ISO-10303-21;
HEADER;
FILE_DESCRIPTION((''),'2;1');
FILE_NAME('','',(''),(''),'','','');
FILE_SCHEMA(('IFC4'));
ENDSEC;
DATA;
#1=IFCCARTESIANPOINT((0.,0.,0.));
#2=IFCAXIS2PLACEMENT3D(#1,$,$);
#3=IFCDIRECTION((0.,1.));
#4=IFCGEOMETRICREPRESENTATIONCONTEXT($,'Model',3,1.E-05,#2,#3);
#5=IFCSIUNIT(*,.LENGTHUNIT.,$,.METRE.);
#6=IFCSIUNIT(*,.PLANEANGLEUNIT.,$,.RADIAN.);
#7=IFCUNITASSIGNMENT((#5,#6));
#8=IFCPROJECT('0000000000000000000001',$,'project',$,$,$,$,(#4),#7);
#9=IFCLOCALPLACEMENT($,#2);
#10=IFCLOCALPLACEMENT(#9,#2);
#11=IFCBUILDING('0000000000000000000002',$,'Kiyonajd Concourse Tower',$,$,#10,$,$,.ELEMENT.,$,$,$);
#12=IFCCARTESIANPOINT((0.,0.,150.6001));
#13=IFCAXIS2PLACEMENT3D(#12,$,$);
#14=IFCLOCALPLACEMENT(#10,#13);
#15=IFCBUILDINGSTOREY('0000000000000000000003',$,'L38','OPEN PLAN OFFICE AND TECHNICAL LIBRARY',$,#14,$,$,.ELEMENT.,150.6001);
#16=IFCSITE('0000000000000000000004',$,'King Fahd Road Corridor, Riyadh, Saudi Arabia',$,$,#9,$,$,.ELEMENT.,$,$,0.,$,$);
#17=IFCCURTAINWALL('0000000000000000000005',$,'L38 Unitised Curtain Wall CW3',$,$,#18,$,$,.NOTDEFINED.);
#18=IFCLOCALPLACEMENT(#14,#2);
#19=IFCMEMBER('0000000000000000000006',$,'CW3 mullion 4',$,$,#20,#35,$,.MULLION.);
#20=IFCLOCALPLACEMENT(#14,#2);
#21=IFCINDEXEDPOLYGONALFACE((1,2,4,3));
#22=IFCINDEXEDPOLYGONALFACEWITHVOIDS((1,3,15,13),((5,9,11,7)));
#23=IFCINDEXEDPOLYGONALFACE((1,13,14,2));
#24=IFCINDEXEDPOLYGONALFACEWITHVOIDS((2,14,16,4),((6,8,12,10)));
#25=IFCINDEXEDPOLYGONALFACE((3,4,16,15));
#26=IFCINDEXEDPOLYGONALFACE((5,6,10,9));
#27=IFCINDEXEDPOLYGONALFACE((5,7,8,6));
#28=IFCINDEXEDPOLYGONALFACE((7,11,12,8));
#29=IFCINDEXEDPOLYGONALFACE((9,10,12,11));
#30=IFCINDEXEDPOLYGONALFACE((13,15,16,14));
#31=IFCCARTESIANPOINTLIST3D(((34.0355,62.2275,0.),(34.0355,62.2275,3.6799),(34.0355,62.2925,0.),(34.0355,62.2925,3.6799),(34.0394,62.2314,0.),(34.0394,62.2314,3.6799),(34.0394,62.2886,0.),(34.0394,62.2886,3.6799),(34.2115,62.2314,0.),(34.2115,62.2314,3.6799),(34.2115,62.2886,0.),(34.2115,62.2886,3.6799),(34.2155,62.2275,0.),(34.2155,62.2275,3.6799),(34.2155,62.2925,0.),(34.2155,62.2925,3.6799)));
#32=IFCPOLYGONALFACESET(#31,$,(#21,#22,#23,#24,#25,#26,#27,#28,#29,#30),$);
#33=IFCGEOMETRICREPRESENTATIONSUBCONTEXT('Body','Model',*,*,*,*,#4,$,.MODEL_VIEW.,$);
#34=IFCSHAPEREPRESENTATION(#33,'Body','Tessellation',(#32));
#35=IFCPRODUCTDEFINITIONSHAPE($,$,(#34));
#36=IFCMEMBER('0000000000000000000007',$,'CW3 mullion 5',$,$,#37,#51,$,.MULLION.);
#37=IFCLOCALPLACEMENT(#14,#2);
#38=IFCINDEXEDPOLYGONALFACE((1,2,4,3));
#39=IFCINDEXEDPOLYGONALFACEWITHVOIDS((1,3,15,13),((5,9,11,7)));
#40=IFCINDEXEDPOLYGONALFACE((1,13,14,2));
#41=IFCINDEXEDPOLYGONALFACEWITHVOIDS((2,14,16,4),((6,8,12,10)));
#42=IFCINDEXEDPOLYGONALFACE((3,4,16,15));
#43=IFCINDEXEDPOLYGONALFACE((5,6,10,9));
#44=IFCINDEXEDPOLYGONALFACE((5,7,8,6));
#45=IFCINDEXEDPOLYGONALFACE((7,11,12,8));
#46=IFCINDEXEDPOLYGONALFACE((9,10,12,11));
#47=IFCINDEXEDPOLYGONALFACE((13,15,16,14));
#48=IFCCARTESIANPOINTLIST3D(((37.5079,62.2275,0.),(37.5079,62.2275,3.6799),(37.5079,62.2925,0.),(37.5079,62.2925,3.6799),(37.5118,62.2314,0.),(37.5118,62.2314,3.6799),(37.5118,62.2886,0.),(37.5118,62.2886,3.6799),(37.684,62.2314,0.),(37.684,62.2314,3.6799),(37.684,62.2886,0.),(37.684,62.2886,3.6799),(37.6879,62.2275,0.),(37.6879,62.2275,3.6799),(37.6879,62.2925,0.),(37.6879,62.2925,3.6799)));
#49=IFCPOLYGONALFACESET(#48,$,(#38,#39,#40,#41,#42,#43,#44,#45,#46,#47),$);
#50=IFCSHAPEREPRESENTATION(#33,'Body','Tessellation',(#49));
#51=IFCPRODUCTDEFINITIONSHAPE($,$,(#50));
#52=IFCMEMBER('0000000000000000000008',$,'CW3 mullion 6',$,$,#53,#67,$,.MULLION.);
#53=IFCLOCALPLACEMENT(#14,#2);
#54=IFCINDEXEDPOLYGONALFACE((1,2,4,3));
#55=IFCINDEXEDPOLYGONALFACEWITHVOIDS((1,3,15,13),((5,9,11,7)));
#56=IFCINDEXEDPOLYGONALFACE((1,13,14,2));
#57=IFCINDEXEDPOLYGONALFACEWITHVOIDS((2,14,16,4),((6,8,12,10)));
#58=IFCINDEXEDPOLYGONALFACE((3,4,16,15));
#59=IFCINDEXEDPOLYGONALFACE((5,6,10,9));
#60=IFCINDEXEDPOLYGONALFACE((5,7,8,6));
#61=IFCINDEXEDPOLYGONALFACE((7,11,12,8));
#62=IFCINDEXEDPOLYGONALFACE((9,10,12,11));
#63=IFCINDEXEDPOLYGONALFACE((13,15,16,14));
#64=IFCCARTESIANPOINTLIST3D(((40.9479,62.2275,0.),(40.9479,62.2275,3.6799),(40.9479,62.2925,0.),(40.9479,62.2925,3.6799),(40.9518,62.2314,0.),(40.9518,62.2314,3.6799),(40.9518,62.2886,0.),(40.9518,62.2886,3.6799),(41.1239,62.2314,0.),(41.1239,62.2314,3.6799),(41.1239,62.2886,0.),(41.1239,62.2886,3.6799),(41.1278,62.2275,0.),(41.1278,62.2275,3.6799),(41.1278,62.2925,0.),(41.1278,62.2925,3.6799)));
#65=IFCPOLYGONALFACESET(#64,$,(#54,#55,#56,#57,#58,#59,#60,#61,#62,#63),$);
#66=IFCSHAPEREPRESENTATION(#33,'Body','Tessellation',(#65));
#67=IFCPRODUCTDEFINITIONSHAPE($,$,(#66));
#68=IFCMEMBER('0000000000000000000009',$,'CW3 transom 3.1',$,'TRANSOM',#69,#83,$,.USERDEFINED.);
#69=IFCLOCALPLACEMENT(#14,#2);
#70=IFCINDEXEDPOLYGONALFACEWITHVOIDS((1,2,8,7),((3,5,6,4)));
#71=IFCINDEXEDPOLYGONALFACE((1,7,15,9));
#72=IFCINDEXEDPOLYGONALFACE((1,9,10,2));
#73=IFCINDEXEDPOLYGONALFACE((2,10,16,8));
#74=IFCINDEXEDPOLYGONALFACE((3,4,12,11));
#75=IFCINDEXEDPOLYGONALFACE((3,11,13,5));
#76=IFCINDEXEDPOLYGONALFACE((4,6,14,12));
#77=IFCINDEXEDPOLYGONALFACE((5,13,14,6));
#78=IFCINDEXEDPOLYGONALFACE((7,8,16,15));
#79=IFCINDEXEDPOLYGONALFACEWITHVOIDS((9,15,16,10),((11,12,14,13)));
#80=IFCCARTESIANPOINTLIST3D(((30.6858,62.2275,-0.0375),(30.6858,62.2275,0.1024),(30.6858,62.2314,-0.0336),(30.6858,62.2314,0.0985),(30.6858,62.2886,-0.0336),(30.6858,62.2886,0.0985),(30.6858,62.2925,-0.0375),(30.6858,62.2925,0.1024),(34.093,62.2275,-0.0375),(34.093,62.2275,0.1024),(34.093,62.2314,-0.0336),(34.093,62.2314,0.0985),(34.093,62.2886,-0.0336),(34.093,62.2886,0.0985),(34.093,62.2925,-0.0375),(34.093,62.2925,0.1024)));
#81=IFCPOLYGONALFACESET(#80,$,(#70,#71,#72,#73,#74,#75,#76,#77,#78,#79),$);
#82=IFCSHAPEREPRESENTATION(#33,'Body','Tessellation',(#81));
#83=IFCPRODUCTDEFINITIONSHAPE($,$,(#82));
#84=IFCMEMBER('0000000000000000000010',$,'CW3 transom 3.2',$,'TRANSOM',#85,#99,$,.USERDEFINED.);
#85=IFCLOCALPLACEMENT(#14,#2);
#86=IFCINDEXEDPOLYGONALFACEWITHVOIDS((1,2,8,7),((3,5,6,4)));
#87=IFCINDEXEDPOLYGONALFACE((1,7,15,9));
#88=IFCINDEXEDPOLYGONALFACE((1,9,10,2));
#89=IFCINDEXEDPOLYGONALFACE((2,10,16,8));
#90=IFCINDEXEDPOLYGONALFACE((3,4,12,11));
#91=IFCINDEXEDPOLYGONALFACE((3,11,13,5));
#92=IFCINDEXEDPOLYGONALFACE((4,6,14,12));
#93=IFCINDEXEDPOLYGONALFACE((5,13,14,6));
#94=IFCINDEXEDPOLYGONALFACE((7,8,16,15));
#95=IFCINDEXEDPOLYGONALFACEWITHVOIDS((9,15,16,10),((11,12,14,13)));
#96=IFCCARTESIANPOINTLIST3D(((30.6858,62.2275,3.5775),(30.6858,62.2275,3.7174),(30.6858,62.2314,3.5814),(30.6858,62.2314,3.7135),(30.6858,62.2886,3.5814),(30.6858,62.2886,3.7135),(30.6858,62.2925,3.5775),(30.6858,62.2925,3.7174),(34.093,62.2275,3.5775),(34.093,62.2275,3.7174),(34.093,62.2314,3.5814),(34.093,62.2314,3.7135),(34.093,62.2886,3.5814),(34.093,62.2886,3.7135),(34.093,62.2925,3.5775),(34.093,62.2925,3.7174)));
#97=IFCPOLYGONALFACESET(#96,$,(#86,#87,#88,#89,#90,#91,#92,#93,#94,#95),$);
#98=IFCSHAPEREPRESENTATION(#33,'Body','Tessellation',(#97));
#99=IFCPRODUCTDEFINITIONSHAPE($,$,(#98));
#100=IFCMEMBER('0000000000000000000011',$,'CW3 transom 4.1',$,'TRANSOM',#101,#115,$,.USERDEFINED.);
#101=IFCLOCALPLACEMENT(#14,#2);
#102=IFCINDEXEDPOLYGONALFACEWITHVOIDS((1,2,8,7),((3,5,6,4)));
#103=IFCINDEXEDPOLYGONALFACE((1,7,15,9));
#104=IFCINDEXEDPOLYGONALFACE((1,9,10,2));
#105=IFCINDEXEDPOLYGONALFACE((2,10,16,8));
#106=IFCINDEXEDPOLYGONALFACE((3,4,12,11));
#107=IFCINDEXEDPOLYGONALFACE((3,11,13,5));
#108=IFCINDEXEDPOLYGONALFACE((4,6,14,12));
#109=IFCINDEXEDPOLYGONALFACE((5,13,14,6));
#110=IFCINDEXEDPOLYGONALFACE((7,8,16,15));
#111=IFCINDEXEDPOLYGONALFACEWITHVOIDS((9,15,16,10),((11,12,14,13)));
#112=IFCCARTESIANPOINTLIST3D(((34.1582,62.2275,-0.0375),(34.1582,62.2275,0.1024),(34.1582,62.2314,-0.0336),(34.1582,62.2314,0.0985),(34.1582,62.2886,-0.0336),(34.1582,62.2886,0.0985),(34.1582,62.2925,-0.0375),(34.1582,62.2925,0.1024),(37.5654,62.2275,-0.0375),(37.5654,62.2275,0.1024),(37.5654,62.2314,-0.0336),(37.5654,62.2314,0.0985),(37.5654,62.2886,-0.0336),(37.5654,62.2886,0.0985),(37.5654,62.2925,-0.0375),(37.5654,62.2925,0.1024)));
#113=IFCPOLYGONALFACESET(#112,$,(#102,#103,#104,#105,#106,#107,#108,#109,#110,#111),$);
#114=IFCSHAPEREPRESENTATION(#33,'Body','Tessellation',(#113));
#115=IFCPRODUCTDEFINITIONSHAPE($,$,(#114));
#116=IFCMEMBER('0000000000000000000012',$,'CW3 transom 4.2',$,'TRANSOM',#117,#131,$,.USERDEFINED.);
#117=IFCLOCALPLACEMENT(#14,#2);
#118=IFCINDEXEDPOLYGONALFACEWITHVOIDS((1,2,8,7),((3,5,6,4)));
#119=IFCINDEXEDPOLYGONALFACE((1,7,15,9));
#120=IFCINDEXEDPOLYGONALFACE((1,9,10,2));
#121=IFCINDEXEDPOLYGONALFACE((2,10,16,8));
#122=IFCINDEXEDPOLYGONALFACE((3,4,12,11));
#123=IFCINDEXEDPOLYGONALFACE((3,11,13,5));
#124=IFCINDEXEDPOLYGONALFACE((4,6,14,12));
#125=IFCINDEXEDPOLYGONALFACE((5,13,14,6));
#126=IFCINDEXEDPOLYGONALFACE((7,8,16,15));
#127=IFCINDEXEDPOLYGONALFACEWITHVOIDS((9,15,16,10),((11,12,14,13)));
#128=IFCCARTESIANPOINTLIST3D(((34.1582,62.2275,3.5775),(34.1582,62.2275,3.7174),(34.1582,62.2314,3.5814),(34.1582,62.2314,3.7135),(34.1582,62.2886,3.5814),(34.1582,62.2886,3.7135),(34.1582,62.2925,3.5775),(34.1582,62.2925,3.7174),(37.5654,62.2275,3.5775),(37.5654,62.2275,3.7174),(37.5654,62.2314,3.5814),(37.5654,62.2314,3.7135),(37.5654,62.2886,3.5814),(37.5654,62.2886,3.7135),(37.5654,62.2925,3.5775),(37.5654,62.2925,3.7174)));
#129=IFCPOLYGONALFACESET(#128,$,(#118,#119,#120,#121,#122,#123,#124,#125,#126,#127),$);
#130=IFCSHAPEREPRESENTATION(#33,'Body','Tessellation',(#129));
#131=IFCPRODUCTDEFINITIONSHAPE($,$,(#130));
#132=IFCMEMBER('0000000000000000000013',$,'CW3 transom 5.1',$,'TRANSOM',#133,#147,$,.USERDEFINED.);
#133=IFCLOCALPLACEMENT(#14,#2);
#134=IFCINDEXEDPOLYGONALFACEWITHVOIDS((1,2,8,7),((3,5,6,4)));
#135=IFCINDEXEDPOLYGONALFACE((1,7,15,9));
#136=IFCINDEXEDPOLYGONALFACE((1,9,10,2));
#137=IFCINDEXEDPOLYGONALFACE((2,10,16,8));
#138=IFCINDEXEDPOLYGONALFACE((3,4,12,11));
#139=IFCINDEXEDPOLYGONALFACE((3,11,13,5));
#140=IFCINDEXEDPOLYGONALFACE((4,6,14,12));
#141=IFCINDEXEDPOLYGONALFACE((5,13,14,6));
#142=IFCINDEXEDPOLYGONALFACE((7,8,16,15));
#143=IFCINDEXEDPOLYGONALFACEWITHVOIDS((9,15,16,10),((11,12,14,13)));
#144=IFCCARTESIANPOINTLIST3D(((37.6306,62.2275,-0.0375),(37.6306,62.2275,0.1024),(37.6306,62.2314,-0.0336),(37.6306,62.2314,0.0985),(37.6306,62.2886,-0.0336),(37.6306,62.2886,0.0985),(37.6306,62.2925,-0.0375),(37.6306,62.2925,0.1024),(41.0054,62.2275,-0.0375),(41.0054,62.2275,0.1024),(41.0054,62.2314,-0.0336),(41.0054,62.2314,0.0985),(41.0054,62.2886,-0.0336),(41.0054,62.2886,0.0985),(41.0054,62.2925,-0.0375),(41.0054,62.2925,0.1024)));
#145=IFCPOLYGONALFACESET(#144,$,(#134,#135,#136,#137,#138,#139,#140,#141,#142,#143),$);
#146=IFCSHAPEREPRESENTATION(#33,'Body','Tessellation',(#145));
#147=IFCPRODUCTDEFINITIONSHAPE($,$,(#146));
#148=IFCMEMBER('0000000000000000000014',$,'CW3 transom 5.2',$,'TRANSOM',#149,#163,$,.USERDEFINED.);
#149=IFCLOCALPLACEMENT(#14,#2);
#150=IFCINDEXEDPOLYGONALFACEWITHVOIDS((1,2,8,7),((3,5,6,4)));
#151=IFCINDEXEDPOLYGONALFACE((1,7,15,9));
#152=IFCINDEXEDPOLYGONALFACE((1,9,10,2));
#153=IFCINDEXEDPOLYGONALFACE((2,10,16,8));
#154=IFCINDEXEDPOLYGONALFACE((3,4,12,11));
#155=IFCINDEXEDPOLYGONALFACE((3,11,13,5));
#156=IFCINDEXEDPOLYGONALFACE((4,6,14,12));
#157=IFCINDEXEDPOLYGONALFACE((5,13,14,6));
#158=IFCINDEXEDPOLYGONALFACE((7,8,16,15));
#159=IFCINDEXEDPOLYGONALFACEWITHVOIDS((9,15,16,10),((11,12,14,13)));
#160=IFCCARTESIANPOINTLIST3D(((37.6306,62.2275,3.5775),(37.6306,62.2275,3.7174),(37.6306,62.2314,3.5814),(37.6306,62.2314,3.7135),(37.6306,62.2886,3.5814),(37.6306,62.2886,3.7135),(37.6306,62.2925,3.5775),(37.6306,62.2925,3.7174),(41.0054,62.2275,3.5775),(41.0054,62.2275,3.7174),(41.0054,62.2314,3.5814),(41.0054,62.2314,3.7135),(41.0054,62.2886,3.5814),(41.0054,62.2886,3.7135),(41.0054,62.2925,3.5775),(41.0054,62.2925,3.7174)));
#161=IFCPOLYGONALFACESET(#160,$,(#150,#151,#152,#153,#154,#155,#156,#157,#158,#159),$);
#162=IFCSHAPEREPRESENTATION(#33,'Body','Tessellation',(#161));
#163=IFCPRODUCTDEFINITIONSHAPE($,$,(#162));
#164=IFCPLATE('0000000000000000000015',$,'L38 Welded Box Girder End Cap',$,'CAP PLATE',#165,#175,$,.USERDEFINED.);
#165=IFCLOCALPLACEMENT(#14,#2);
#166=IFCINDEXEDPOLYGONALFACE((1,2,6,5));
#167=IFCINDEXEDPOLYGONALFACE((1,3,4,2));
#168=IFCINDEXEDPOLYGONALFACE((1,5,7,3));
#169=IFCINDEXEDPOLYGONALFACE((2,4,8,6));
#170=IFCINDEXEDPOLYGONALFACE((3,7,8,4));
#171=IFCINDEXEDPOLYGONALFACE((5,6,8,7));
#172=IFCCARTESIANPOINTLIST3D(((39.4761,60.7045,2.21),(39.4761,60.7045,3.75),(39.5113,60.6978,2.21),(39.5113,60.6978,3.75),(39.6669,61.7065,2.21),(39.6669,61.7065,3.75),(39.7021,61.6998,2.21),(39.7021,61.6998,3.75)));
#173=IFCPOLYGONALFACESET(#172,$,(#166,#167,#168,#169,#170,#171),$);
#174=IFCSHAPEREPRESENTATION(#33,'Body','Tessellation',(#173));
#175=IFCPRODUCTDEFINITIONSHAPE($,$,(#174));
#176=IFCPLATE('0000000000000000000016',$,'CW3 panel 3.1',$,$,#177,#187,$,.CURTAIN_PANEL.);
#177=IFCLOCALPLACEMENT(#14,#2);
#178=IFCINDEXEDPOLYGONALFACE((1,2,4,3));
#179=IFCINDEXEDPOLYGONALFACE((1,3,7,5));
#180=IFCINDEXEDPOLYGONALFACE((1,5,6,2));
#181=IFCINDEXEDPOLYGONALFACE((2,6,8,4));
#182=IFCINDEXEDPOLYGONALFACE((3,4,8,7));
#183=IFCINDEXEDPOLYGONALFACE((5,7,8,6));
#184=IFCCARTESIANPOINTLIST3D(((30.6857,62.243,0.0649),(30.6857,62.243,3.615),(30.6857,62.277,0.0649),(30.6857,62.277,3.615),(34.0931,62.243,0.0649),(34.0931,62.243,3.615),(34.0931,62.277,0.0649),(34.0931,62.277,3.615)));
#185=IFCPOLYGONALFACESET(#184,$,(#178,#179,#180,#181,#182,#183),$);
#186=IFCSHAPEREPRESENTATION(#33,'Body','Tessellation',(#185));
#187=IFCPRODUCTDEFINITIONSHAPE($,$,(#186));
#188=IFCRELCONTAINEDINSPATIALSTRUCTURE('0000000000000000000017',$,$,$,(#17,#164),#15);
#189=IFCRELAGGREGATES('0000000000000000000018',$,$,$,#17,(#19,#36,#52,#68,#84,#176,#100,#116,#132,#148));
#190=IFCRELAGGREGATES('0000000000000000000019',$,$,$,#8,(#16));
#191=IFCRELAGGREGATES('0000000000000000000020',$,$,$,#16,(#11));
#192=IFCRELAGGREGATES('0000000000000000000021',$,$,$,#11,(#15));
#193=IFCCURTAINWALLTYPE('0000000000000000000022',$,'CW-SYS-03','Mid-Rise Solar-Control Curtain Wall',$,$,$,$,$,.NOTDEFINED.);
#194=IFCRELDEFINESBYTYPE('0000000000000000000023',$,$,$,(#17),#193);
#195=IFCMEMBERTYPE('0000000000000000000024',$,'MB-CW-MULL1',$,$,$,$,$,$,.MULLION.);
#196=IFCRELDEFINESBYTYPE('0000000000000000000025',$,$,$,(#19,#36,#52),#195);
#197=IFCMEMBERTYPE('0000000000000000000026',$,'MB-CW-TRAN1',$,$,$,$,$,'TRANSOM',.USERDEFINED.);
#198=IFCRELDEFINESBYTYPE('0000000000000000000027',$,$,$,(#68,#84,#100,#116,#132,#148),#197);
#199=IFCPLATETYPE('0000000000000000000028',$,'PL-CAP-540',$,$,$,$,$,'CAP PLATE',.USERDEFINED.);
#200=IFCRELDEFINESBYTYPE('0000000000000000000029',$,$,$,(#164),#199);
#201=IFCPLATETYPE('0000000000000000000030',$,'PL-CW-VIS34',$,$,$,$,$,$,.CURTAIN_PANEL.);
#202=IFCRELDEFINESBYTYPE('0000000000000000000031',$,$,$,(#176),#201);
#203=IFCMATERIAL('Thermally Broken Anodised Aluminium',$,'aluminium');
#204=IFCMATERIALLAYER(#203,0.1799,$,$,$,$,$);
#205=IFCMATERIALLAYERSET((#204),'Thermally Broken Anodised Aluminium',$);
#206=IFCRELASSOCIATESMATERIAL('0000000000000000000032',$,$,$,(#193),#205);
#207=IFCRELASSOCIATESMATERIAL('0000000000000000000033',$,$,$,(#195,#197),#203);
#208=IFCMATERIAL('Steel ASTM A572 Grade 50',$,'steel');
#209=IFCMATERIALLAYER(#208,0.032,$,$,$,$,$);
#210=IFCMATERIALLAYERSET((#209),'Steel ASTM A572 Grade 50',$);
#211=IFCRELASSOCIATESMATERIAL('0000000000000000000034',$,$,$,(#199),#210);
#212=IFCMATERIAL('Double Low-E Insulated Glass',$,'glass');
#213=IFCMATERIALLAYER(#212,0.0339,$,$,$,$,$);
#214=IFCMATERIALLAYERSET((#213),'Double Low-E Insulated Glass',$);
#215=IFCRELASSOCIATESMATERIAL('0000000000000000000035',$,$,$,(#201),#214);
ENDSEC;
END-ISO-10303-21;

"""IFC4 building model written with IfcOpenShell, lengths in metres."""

from ifc_helpers import new_model, si_unit, direction, frame, origin, origin_2d, place, context, subcontext, project, spatial, rectangle, hollow_rectangle, extrude, material, layer, layer_set, material_profile, profile_set, type_object, element, aggregate, save


model = new_model("IFC4")

# Units and contexts
model_context = context("Model", 3, precision=1e-05, world=origin(), true_north=direction((0.0, 1.0)))
body_context = subcontext(model_context, "Body", "Model", "MODEL_VIEW")
ifc_project = project(units=[si_unit("LENGTHUNIT", "METRE"), si_unit("PLANEANGLEUNIT", "RADIAN")], contexts=[model_context])

# Site, building, storey
site_placement = place(None, origin())
site = spatial("IfcSite", under=ifc_project, at=site_placement, Name="King Fahd Road Corridor, Riyadh, Saudi Arabia", CompositionType="ELEMENT", RefElevation=0.0)
building_placement = place(site_placement, origin())
building = spatial("IfcBuilding", under=site, at=building_placement, Name="Kiyonajd Concourse Tower", CompositionType="ELEMENT")
storey_placement = place(building_placement, frame((0.0, 0.0, 150.6001)))
storey = spatial("IfcBuildingStorey", under=building, at=storey_placement, Name="L38", Description="OPEN PLAN OFFICE AND TECHNICAL LIBRARY", CompositionType="ELEMENT", Elevation=150.6001)

# Curtain wall, members
ifc_material_1 = material(Name="Thermally Broken Anodised Aluminium", Category="aluminium")
ifc_layer_1 = layer(ifc_material_1, 0.1799)
ifc_layer_set_1 = layer_set([ifc_layer_1], Name="Thermally Broken Anodised Aluminium")
curtain_wall_type = type_object("IfcCurtainWallType", Name="CW-SYS-03", Description="Mid-Rise Solar-Control Curtain Wall", PredefinedType="NOTDEFINED", material=ifc_layer_set_1)
curtain_wall_placement = place(storey_placement, origin())
curtain_wall = element("IfcCurtainWall", 1, at=curtain_wall_placement, inside=storey, type_object=curtain_wall_type, Name="L38 Unitised Curtain Wall CW3", PredefinedType="NOTDEFINED")
ifc_material_profile_1 = material_profile(ifc_material_1, hollow_rectangle(XDim=0.0649, YDim=0.1799, WallThickness=0.0039, at=origin_2d()), Name="MULL-65x180")
ifc_profile_set_1 = profile_set([ifc_material_profile_1], Name="Thermally Broken Anodised Aluminium")
member_type_1 = type_object("IfcMemberType", Name="MB-CW-MULL1", PredefinedType="MULLION", material=ifc_profile_set_1)
member_1_placement = place(storey_placement, frame((34.1255, 62.26, 0.0), z_axis=(0.0, 0.0, 1.0), x_axis=(0.0, 1.0, 0.0)))
member_1 = element("IfcMember", 2, at=member_1_placement, type_object=member_type_1, Name="CW3 mullion 4", PredefinedType="MULLION", context=body_context, shape_type="SweptSolid", body=[
    extrude(hollow_rectangle(XDim=0.0649, YDim=0.1799, WallThickness=0.0039, at=origin_2d()), origin(), (0.0, 0.0, 1.0), 3.6799),
])
member_2_placement = place(storey_placement, frame((37.5979, 62.26, 0.0), z_axis=(0.0, 0.0, 1.0), x_axis=(0.0, 1.0, 0.0)))
member_2 = element("IfcMember", 3, at=member_2_placement, type_object=member_type_1, Name="CW3 mullion 5", PredefinedType="MULLION", context=body_context, shape_type="SweptSolid", body=[
    extrude(hollow_rectangle(XDim=0.0649, YDim=0.1799, WallThickness=0.0039, at=origin_2d()), origin(), (0.0, 0.0, 1.0), 3.6799),
])
member_3_placement = place(storey_placement, frame((41.0378, 62.26, 0.0), z_axis=(0.0, 0.0, 1.0), x_axis=(0.0, 1.0, 0.0)))
member_3 = element("IfcMember", 4, at=member_3_placement, type_object=member_type_1, Name="CW3 mullion 6", PredefinedType="MULLION", context=body_context, shape_type="SweptSolid", body=[
    extrude(hollow_rectangle(XDim=0.0649, YDim=0.1799, WallThickness=0.0039, at=origin_2d()), origin(), (0.0, 0.0, 1.0), 3.6799),
])
ifc_material_profile_2 = material_profile(ifc_material_1, hollow_rectangle(XDim=0.0649, YDim=0.1399, WallThickness=0.0039, at=origin_2d()), Name="TRAN-65x140")
ifc_profile_set_2 = profile_set([ifc_material_profile_2], Name="Thermally Broken Anodised Aluminium")
member_type_2 = type_object("IfcMemberType", Name="MB-CW-TRAN1", ElementType="TRANSOM", PredefinedType="USERDEFINED", material=ifc_profile_set_2)
member_4_placement = place(storey_placement, frame((30.6858, 62.26, 0.0325), z_axis=(1.0, 0.0, 0.0), x_axis=(0.0, 1.0, 0.0)))
member_4 = element("IfcMember", 5, at=member_4_placement, type_object=member_type_2, Name="CW3 transom 3.1", ObjectType="TRANSOM", PredefinedType="USERDEFINED", context=body_context, shape_type="SweptSolid", body=[
    extrude(hollow_rectangle(XDim=0.0649, YDim=0.1399, WallThickness=0.0039, at=origin_2d()), origin(), (0.0, 0.0, 1.0), 3.4072),
])
member_5_placement = place(storey_placement, frame((30.6858, 62.26, 3.6475), z_axis=(1.0, 0.0, 0.0), x_axis=(0.0, 1.0, 0.0)))
member_5 = element("IfcMember", 6, at=member_5_placement, type_object=member_type_2, Name="CW3 transom 3.2", ObjectType="TRANSOM", PredefinedType="USERDEFINED", context=body_context, shape_type="SweptSolid", body=[
    extrude(hollow_rectangle(XDim=0.0649, YDim=0.1399, WallThickness=0.0039, at=origin_2d()), origin(), (0.0, 0.0, 1.0), 3.4072),
])
member_6_placement = place(storey_placement, frame((34.1582, 62.26, 0.0325), z_axis=(1.0, 0.0, 0.0), x_axis=(0.0, 1.0, 0.0)))
member_6 = element("IfcMember", 7, at=member_6_placement, type_object=member_type_2, Name="CW3 transom 4.1", ObjectType="TRANSOM", PredefinedType="USERDEFINED", context=body_context, shape_type="SweptSolid", body=[
    extrude(hollow_rectangle(XDim=0.0649, YDim=0.1399, WallThickness=0.0039, at=origin_2d()), origin(), (0.0, 0.0, 1.0), 3.4072),
])
member_7_placement = place(storey_placement, frame((34.1582, 62.26, 3.6475), z_axis=(1.0, 0.0, 0.0), x_axis=(0.0, 1.0, 0.0)))
member_7 = element("IfcMember", 8, at=member_7_placement, type_object=member_type_2, Name="CW3 transom 4.2", ObjectType="TRANSOM", PredefinedType="USERDEFINED", context=body_context, shape_type="SweptSolid", body=[
    extrude(hollow_rectangle(XDim=0.0649, YDim=0.1399, WallThickness=0.0039, at=origin_2d()), origin(), (0.0, 0.0, 1.0), 3.4072),
])
member_8_placement = place(storey_placement, frame((37.6306, 62.26, 0.0325), z_axis=(1.0, 0.0, 0.0), x_axis=(0.0, 1.0, 0.0)))
member_8 = element("IfcMember", 9, at=member_8_placement, type_object=member_type_2, Name="CW3 transom 5.1", ObjectType="TRANSOM", PredefinedType="USERDEFINED", context=body_context, shape_type="SweptSolid", body=[
    extrude(hollow_rectangle(XDim=0.0649, YDim=0.1399, WallThickness=0.0039, at=origin_2d()), origin(), (0.0, 0.0, 1.0), 3.3748),
])
member_9_placement = place(storey_placement, frame((37.6306, 62.26, 3.6475), z_axis=(1.0, 0.0, 0.0), x_axis=(0.0, 1.0, 0.0)))
member_9 = element("IfcMember", 10, at=member_9_placement, type_object=member_type_2, Name="CW3 transom 5.2", ObjectType="TRANSOM", PredefinedType="USERDEFINED", context=body_context, shape_type="SweptSolid", body=[
    extrude(hollow_rectangle(XDim=0.0649, YDim=0.1399, WallThickness=0.0039, at=origin_2d()), origin(), (0.0, 0.0, 1.0), 3.3748),
])

# Plates
ifc_material_2 = material(Name="Steel ASTM A572 Grade 50", Category="steel")
ifc_layer_2 = layer(ifc_material_2, 0.032)
ifc_layer_set_2 = layer_set([ifc_layer_2], Name="Steel ASTM A572 Grade 50")
plate_type_1 = type_object("IfcPlateType", Name="PL-CAP-540", ElementType="CAP PLATE", PredefinedType="USERDEFINED", material=ifc_layer_set_2)
plate_1_placement = place(storey_placement, frame((39.5891, 61.2021, 2.21), z_axis=(0.0, 0.0, 1.0), x_axis=(-0.982353, 0.187038, 0.0)))
element("IfcPlate", 11, at=plate_1_placement, inside=storey, type_object=plate_type_1, Name="L38 Welded Box Girder End Cap", ObjectType="CAP PLATE", PredefinedType="USERDEFINED", context=body_context, shape_type="SweptSolid", body=[
    extrude(rectangle(XDim=0.0359, YDim=1.02, at=origin_2d()), origin(), (0.0, 0.0, 1.0), 1.54),
])
ifc_material_3 = material(Name="Double Low-E Insulated Glass", Category="glass")
ifc_layer_3 = layer(ifc_material_3, 0.0339)
ifc_layer_set_3 = layer_set([ifc_layer_3], Name="Double Low-E Insulated Glass")
plate_type_2 = type_object("IfcPlateType", Name="PL-CW-VIS34", PredefinedType="CURTAIN_PANEL", material=ifc_layer_set_3)
plate_2_placement = place(storey_placement, frame((32.3894, 62.26, 0.0649), z_axis=(0.0, 0.0, 1.0), x_axis=(1.0, 0.0, 0.0)))
plate_2 = element("IfcPlate", 12, at=plate_2_placement, type_object=plate_type_2, Name="CW3 panel 3.1", PredefinedType="CURTAIN_PANEL", context=body_context, shape_type="SweptSolid", body=[
    extrude(rectangle(XDim=3.4075, YDim=0.0339, at=origin_2d()), origin(), (0.0, 0.0, 1.0), 3.55),
])
aggregate(curtain_wall, [member_1, member_2, member_3, member_4, member_5, plate_2, member_6, member_7, member_8, member_9])

save(model, "model.ifc")
